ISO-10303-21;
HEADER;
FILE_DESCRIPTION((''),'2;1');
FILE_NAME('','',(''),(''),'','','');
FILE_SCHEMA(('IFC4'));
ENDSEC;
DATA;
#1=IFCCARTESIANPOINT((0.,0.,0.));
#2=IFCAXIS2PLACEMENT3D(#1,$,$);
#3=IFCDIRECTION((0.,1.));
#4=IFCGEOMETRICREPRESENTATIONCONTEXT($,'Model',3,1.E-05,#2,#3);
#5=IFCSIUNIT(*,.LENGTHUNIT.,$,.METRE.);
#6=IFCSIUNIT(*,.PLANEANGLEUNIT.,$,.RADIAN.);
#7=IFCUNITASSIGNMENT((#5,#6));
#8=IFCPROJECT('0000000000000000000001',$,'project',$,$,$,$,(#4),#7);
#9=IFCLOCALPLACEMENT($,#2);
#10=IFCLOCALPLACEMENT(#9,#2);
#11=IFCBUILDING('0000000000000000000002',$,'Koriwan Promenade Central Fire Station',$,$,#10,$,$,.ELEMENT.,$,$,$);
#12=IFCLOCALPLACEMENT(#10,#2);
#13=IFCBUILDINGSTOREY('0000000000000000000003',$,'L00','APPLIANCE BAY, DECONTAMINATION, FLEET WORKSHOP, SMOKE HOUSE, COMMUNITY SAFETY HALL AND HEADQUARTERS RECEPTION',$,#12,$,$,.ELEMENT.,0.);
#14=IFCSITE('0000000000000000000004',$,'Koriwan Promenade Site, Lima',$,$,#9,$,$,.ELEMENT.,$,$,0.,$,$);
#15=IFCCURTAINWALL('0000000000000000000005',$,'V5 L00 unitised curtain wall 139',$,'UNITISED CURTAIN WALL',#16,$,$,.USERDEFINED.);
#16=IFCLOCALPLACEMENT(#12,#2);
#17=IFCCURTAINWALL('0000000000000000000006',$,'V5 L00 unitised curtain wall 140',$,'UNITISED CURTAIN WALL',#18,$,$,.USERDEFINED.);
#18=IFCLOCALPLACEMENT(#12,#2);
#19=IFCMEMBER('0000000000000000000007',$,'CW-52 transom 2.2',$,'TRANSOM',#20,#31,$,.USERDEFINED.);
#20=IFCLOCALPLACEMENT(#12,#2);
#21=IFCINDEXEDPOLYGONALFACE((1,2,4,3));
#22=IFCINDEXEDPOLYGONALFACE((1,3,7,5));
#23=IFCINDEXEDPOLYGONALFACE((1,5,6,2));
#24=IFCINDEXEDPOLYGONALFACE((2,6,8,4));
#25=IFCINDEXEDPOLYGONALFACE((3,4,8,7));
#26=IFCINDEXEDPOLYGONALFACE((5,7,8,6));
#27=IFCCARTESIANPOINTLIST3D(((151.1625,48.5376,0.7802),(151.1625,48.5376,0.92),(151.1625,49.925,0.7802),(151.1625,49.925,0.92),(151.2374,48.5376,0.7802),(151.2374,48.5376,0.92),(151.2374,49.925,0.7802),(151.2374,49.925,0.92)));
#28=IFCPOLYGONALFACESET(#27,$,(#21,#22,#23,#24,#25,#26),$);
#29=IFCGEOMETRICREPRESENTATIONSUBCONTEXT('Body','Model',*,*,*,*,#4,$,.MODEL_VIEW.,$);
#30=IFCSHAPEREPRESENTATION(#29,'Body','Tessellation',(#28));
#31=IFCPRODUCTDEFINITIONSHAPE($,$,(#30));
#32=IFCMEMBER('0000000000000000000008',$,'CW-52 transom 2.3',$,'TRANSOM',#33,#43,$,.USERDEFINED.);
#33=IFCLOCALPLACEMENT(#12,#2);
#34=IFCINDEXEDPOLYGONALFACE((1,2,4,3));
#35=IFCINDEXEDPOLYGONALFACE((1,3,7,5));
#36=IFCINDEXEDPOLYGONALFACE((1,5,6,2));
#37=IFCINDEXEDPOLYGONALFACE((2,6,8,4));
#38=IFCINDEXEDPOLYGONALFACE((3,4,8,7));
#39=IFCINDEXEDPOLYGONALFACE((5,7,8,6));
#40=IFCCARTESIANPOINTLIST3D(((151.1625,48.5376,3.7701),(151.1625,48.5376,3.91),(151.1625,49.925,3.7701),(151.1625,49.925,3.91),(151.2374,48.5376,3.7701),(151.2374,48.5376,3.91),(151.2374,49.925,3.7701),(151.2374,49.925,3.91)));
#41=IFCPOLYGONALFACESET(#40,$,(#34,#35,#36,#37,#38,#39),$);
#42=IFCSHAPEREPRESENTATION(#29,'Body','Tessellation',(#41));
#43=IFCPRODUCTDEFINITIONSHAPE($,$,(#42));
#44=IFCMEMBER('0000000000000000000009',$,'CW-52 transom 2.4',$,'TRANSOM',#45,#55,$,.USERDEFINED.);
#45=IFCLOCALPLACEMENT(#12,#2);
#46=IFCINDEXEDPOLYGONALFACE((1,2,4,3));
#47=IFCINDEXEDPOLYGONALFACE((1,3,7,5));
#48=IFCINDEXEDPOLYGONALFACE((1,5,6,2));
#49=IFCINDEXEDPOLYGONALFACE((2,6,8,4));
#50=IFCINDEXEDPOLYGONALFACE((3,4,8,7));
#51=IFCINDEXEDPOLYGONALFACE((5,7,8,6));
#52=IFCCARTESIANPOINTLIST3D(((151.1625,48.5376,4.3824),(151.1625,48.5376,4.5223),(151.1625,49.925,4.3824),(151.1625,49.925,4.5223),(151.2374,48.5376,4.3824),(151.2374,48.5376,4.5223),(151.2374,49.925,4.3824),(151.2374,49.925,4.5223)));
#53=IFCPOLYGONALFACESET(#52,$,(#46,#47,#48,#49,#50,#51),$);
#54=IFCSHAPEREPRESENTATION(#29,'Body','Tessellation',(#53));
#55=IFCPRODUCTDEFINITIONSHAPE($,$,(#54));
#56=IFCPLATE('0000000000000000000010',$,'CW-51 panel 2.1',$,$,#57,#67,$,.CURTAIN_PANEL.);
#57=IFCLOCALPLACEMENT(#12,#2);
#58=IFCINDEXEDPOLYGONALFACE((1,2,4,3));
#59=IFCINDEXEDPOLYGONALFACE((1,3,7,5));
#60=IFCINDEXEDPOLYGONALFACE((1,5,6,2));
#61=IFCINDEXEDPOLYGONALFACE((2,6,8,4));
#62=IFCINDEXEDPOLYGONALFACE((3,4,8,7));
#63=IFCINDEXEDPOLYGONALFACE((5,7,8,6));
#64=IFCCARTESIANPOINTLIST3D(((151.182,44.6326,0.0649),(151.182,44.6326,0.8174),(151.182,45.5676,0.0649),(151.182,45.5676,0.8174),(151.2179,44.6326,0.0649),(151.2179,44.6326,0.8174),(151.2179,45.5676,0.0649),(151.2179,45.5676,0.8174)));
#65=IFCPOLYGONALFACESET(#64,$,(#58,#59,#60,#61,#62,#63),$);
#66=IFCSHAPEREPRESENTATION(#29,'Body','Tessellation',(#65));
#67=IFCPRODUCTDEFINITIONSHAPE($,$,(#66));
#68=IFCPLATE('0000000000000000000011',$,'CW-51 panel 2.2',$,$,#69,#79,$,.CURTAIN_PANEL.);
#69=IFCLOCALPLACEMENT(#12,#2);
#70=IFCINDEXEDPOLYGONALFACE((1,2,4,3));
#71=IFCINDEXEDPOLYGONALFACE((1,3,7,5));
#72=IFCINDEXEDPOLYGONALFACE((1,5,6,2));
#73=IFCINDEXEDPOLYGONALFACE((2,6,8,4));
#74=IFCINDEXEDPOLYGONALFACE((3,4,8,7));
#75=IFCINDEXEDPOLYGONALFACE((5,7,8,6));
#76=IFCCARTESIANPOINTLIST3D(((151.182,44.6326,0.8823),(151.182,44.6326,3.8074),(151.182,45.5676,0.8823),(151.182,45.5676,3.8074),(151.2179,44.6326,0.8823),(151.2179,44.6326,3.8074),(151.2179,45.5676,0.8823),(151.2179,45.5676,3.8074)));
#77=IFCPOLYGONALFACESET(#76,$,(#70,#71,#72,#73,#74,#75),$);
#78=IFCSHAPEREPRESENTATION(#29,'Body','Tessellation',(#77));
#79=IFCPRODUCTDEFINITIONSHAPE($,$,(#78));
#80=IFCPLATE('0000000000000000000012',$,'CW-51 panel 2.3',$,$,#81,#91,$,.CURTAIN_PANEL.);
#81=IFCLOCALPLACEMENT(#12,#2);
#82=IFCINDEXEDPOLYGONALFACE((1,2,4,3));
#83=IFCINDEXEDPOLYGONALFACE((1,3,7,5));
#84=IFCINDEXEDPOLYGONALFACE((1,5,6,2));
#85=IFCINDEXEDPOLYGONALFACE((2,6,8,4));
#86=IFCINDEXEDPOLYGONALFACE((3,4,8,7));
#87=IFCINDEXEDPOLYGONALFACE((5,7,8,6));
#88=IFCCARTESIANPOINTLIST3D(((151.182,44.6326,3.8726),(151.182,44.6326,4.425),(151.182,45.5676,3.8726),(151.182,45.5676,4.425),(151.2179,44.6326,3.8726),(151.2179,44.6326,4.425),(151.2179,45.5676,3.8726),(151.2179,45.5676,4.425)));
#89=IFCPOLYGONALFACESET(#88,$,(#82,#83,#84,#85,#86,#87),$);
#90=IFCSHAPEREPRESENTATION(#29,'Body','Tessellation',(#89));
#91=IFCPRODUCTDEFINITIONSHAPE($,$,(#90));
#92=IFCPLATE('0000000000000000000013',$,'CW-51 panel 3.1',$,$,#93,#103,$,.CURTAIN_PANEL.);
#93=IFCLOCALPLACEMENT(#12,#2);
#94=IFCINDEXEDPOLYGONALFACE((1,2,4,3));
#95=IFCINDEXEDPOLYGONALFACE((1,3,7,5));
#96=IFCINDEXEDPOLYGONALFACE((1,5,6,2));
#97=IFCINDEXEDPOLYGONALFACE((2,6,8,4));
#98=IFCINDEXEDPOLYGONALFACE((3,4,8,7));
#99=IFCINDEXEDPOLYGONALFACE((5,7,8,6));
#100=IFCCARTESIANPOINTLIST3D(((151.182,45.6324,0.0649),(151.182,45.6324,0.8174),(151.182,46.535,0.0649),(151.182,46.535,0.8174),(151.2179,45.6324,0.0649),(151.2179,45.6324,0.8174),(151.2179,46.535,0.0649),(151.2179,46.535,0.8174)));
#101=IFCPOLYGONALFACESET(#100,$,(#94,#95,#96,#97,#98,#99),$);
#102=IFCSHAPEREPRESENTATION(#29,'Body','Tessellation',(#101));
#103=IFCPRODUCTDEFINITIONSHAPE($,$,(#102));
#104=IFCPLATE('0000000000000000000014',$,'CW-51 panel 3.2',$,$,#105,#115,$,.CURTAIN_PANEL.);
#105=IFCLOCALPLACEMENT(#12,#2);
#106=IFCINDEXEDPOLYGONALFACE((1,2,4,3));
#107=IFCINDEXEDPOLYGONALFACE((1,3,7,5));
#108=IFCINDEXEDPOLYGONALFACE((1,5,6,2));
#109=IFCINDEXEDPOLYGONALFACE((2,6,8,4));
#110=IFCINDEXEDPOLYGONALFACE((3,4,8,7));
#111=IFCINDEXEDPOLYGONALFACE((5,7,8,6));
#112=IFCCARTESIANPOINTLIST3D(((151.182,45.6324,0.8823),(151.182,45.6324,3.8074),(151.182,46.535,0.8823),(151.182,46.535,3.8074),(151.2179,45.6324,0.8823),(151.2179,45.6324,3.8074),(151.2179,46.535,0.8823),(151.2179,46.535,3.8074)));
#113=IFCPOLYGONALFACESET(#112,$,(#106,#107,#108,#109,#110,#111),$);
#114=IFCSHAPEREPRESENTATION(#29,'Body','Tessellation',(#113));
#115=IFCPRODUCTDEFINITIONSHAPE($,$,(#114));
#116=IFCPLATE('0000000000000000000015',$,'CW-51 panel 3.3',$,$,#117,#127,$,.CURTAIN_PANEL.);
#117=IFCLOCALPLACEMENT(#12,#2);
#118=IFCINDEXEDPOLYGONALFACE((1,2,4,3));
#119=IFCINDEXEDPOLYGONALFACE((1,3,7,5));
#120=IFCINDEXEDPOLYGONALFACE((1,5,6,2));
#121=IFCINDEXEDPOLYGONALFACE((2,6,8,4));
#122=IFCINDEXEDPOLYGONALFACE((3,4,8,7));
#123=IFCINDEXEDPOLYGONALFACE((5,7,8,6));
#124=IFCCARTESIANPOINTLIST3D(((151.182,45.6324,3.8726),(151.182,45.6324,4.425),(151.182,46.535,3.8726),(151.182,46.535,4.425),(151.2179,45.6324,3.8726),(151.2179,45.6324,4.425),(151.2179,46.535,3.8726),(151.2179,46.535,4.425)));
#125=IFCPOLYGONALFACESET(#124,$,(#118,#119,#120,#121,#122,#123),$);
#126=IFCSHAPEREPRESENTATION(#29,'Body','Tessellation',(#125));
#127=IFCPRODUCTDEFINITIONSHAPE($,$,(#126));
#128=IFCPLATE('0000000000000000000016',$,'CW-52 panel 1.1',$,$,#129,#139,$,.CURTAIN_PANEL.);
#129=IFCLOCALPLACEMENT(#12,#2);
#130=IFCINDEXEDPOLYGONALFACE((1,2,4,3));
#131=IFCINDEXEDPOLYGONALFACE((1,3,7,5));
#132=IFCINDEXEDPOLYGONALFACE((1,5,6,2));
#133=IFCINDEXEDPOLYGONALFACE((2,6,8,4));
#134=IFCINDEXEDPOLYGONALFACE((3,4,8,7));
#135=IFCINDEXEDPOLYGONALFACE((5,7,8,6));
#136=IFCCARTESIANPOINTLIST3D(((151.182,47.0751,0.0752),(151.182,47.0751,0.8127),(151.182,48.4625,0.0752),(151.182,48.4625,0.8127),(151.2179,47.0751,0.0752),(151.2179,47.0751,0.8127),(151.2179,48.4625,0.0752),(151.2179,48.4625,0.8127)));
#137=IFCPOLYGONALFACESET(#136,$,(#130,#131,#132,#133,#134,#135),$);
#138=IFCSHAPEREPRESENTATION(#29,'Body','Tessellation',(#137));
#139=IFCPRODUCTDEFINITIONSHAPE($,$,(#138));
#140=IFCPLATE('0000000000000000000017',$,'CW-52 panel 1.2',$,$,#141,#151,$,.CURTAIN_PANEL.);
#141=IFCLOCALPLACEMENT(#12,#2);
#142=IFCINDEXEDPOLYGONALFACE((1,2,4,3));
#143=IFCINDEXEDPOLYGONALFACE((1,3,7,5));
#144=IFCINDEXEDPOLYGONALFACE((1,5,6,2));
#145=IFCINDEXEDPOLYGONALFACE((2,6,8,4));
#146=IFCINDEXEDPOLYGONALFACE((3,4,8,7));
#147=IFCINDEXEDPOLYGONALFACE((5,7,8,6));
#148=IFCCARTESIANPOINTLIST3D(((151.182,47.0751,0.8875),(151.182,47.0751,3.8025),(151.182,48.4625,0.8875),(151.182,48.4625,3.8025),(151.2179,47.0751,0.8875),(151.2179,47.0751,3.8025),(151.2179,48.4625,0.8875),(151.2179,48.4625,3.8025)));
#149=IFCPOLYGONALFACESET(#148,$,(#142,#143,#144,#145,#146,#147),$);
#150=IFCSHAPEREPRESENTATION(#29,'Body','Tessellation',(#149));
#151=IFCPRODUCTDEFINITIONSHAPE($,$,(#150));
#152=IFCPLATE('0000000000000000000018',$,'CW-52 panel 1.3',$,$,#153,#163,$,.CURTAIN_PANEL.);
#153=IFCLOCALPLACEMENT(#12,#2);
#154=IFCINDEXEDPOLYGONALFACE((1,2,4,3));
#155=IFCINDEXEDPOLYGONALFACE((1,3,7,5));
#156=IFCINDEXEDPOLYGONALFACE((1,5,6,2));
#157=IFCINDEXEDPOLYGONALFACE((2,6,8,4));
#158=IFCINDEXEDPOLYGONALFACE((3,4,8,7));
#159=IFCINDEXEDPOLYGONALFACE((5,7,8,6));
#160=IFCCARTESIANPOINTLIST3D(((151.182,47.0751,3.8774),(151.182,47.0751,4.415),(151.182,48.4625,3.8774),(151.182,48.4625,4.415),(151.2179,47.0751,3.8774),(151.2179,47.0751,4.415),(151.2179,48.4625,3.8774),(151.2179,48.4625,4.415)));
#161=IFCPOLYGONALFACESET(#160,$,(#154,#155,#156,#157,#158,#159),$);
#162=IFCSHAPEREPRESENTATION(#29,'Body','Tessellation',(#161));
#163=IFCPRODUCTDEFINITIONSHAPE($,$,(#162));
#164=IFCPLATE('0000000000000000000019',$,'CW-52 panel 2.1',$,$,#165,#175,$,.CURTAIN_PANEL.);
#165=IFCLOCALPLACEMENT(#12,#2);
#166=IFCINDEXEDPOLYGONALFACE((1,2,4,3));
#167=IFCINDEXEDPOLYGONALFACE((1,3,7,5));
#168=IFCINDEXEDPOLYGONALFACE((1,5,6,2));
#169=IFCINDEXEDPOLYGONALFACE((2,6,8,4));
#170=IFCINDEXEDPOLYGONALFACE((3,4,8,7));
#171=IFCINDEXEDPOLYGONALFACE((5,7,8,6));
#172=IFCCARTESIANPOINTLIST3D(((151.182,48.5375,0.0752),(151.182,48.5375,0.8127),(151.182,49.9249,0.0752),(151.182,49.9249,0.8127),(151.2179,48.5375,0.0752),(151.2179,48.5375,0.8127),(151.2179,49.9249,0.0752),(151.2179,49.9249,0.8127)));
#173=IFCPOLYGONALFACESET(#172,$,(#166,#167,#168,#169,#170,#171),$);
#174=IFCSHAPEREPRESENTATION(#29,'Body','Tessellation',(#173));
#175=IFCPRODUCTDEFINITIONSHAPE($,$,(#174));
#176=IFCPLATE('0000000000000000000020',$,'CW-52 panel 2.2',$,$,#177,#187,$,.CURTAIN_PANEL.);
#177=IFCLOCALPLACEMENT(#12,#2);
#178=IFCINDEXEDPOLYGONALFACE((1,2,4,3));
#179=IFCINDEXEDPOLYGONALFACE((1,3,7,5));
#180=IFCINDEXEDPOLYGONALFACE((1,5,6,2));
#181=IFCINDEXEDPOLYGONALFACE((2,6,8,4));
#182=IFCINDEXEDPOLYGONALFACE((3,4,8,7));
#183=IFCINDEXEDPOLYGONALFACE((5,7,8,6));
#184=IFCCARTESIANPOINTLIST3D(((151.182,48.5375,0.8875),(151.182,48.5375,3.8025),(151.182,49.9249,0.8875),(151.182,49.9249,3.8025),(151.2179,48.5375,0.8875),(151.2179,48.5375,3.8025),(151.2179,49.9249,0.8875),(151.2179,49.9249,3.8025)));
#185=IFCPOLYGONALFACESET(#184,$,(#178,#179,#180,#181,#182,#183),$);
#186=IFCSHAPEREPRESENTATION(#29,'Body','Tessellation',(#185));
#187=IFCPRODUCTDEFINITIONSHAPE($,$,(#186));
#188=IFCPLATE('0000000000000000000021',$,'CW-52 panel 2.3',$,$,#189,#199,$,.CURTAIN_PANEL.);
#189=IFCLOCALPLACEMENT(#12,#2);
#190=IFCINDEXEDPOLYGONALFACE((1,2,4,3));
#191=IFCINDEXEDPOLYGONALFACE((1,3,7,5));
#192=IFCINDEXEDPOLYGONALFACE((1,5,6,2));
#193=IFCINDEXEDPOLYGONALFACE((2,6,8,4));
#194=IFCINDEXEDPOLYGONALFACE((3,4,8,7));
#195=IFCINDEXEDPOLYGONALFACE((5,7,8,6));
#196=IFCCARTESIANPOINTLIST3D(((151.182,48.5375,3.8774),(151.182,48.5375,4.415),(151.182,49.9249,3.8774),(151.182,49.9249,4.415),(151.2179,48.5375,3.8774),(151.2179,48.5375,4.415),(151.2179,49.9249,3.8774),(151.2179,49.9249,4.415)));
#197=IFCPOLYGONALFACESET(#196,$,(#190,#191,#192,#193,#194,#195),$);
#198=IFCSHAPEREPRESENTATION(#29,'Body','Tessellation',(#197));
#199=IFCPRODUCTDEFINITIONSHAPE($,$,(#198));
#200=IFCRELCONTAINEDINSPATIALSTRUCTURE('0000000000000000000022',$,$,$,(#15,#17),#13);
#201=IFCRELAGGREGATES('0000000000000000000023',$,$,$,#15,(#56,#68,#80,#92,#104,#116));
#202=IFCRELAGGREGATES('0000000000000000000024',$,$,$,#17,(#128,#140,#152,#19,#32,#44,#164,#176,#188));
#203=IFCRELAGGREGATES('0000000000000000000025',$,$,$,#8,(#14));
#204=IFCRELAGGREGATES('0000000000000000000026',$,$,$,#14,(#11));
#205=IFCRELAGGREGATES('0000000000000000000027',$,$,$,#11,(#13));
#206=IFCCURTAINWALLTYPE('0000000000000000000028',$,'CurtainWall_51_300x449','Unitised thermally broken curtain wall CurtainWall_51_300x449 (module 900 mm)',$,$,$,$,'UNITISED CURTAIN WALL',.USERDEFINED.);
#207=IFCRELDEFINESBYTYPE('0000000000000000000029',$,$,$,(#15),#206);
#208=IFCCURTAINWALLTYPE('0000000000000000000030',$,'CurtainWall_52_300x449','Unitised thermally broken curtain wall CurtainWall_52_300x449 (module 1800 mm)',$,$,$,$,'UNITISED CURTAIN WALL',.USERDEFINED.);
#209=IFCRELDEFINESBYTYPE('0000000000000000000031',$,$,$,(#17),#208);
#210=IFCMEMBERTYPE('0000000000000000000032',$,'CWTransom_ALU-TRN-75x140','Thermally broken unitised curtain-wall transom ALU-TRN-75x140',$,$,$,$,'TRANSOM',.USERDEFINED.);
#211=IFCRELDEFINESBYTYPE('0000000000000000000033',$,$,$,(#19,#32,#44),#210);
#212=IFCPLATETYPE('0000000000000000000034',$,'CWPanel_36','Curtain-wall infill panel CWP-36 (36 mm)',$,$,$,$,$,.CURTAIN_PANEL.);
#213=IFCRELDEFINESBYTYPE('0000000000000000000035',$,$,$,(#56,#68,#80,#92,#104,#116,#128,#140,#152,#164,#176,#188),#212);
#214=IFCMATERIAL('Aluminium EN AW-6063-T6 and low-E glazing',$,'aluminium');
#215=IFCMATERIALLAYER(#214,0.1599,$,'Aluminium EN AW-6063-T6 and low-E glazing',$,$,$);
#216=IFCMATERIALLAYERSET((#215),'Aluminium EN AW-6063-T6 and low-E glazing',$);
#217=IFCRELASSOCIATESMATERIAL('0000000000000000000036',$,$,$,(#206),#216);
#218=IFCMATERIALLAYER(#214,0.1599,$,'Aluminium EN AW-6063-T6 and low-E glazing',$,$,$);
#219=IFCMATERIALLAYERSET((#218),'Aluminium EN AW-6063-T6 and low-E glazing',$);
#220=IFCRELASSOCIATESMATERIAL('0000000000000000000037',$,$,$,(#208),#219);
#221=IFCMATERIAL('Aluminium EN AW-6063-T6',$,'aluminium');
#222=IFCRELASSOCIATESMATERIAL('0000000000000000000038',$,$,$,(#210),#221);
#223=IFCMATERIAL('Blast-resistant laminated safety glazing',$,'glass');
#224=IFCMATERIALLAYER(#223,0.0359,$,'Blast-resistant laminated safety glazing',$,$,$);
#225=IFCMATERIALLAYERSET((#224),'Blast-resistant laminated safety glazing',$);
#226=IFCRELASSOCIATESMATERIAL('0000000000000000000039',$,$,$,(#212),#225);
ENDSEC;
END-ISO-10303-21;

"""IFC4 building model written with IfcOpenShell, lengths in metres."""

from ifc_helpers import new_model, si_unit, direction, frame, origin, origin_2d, place, context, subcontext, project, spatial, rectangle, extrude, material, layer, layer_set, material_profile, profile_set, type_object, element, aggregate, save


model = new_model("IFC4")

# Units and contexts
model_context = context("Model", 3, precision=1e-05, world=origin(), true_north=direction((0.0, 1.0)))
body_context = subcontext(model_context, "Body", "Model", "MODEL_VIEW")
ifc_project = project(units=[si_unit("LENGTHUNIT", "METRE"), si_unit("PLANEANGLEUNIT", "RADIAN")], contexts=[model_context])

# Site, building, storey
site_placement = place(None, origin())
site = spatial("IfcSite", under=ifc_project, at=site_placement, Name="Koriwan Promenade Site, Lima", CompositionType="ELEMENT", RefElevation=0.0)
building_placement = place(site_placement, origin())
building = spatial("IfcBuilding", under=site, at=building_placement, Name="Koriwan Promenade Central Fire Station", CompositionType="ELEMENT")
storey_placement = place(building_placement, origin())
storey = spatial("IfcBuildingStorey", under=building, at=storey_placement, Name="L00", Description="APPLIANCE BAY, DECONTAMINATION, FLEET WORKSHOP, SMOKE HOUSE, COMMUNITY SAFETY HALL AND HEADQUARTERS RECEPTION", CompositionType="ELEMENT", Elevation=0.0)

# Curtain walls
ifc_material_1 = material(Name="Aluminium EN AW-6063-T6 and low-E glazing", Category="aluminium")
ifc_layer_1 = layer(ifc_material_1, 0.1599, Name="Aluminium EN AW-6063-T6 and low-E glazing")
ifc_layer_set_1 = layer_set([ifc_layer_1], Name="Aluminium EN AW-6063-T6 and low-E glazing")
curtain_wall_type_1 = type_object("IfcCurtainWallType", Name="CurtainWall_51_300x449", Description="Unitised thermally broken curtain wall CurtainWall_51_300x449 (module 900 mm)", ElementType="UNITISED CURTAIN WALL", PredefinedType="USERDEFINED", material=ifc_layer_set_1)
curtain_wall_1_placement = place(storey_placement, origin())
curtain_wall_1 = element("IfcCurtainWall", 1, at=curtain_wall_1_placement, inside=storey, type_object=curtain_wall_type_1, Name="V5 L00 unitised curtain wall 139", ObjectType="UNITISED CURTAIN WALL", PredefinedType="USERDEFINED")
ifc_material_2 = material(Name="Aluminium EN AW-6063-T6", Category="aluminium")
ifc_layer_2 = layer(ifc_material_1, 0.1599, Name="Aluminium EN AW-6063-T6 and low-E glazing")
ifc_layer_set_2 = layer_set([ifc_layer_2], Name="Aluminium EN AW-6063-T6 and low-E glazing")
curtain_wall_type_2 = type_object("IfcCurtainWallType", Name="CurtainWall_52_300x449", Description="Unitised thermally broken curtain wall CurtainWall_52_300x449 (module 1800 mm)", ElementType="UNITISED CURTAIN WALL", PredefinedType="USERDEFINED", material=ifc_layer_set_2)
curtain_wall_2_placement = place(storey_placement, origin())
curtain_wall_2 = element("IfcCurtainWall", 2, at=curtain_wall_2_placement, inside=storey, type_object=curtain_wall_type_2, Name="V5 L00 unitised curtain wall 140", ObjectType="UNITISED CURTAIN WALL", PredefinedType="USERDEFINED")

# Members
ifc_material_profile_1 = material_profile(ifc_material_2, rectangle(XDim=0.075, YDim=0.1399, at=origin_2d()), Name="ALU-TRN-75x140")
ifc_profile_set_1 = profile_set([ifc_material_profile_1], Name="Aluminium EN AW-6063-T6")
member_type_1 = type_object("IfcMemberType", Name="CWTransom_ALU-TRN-75x140", Description="Thermally broken unitised curtain-wall transom ALU-TRN-75x140", ElementType="TRANSOM", PredefinedType="USERDEFINED", material=ifc_profile_set_1)
member_1_placement = place(storey_placement, frame((151.2, 48.5376, 0.8501), z_axis=(0.0, 1.0, 0.0), x_axis=(-1.0, 0.0, 0.0)))
member_1 = element("IfcMember", 3, at=member_1_placement, type_object=member_type_1, Name="CW-52 transom 2.2", ObjectType="TRANSOM", PredefinedType="USERDEFINED", context=body_context, shape_type="SweptSolid", body=[
    extrude(rectangle(XDim=0.075, YDim=0.1399, at=origin_2d()), origin(), (0.0, 0.0, 1.0), 1.3875),
])
member_2_placement = place(storey_placement, frame((151.2, 48.5376, 3.8401), z_axis=(0.0, 1.0, 0.0), x_axis=(-1.0, 0.0, 0.0)))
member_2 = element("IfcMember", 4, at=member_2_placement, type_object=member_type_1, Name="CW-52 transom 2.3", ObjectType="TRANSOM", PredefinedType="USERDEFINED", context=body_context, shape_type="SweptSolid", body=[
    extrude(rectangle(XDim=0.075, YDim=0.1399, at=origin_2d()), origin(), (0.0, 0.0, 1.0), 1.3875),
])
member_3_placement = place(storey_placement, frame((151.2, 48.5376, 4.4524), z_axis=(0.0, 1.0, 0.0), x_axis=(-1.0, 0.0, 0.0)))
member_3 = element("IfcMember", 5, at=member_3_placement, type_object=member_type_1, Name="CW-52 transom 2.4", ObjectType="TRANSOM", PredefinedType="USERDEFINED", context=body_context, shape_type="SweptSolid", body=[
    extrude(rectangle(XDim=0.075, YDim=0.1399, at=origin_2d()), origin(), (0.0, 0.0, 1.0), 1.3875),
])

# Plates
ifc_material_3 = material(Name="Blast-resistant laminated safety glazing", Category="glass")
ifc_layer_3 = layer(ifc_material_3, 0.0359, Name="Blast-resistant laminated safety glazing")
ifc_layer_set_3 = layer_set([ifc_layer_3], Name="Blast-resistant laminated safety glazing")
plate_type_1 = type_object("IfcPlateType", Name="CWPanel_36", Description="Curtain-wall infill panel CWP-36 (36 mm)", PredefinedType="CURTAIN_PANEL", material=ifc_layer_set_3)
plate_1_placement = place(storey_placement, frame((151.2, 45.1001, 0.0649), z_axis=(0.0, 0.0, 1.0), x_axis=(0.0, 1.0, 0.0)))
plate_1 = element("IfcPlate", 6, at=plate_1_placement, type_object=plate_type_1, Name="CW-51 panel 2.1", PredefinedType="CURTAIN_PANEL", context=body_context, shape_type="SweptSolid", body=[
    extrude(rectangle(XDim=0.9351, YDim=0.0359, at=origin_2d()), origin(), (0.0, 0.0, 1.0), 0.7524),
])
plate_2_placement = place(storey_placement, frame((151.2, 45.1001, 0.8823), z_axis=(0.0, 0.0, 1.0), x_axis=(0.0, 1.0, 0.0)))
plate_2 = element("IfcPlate", 7, at=plate_2_placement, type_object=plate_type_1, Name="CW-51 panel 2.2", PredefinedType="CURTAIN_PANEL", context=body_context, shape_type="SweptSolid", body=[
    extrude(rectangle(XDim=0.9351, YDim=0.0359, at=origin_2d()), origin(), (0.0, 0.0, 1.0), 2.925),
])
plate_3_placement = place(storey_placement, frame((151.2, 45.1001, 3.8726), z_axis=(0.0, 0.0, 1.0), x_axis=(0.0, 1.0, 0.0)))
plate_3 = element("IfcPlate", 8, at=plate_3_placement, type_object=plate_type_1, Name="CW-51 panel 2.3", PredefinedType="CURTAIN_PANEL", context=body_context, shape_type="SweptSolid", body=[
    extrude(rectangle(XDim=0.9351, YDim=0.0359, at=origin_2d()), origin(), (0.0, 0.0, 1.0), 0.5525),
])
plate_4_placement = place(storey_placement, frame((151.2, 46.0837, 0.0649), z_axis=(0.0, 0.0, 1.0), x_axis=(0.0, 1.0, 0.0)))
plate_4 = element("IfcPlate", 9, at=plate_4_placement, type_object=plate_type_1, Name="CW-51 panel 3.1", PredefinedType="CURTAIN_PANEL", context=body_context, shape_type="SweptSolid", body=[
    extrude(rectangle(XDim=0.9026, YDim=0.0359, at=origin_2d()), origin(), (0.0, 0.0, 1.0), 0.7524),
])
plate_5_placement = place(storey_placement, frame((151.2, 46.0837, 0.8823), z_axis=(0.0, 0.0, 1.0), x_axis=(0.0, 1.0, 0.0)))
plate_5 = element("IfcPlate", 10, at=plate_5_placement, type_object=plate_type_1, Name="CW-51 panel 3.2", PredefinedType="CURTAIN_PANEL", context=body_context, shape_type="SweptSolid", body=[
    extrude(rectangle(XDim=0.9026, YDim=0.0359, at=origin_2d()), origin(), (0.0, 0.0, 1.0), 2.925),
])
plate_6_placement = place(storey_placement, frame((151.2, 46.0837, 3.8726), z_axis=(0.0, 0.0, 1.0), x_axis=(0.0, 1.0, 0.0)))
plate_6 = element("IfcPlate", 11, at=plate_6_placement, type_object=plate_type_1, Name="CW-51 panel 3.3", PredefinedType="CURTAIN_PANEL", context=body_context, shape_type="SweptSolid", body=[
    extrude(rectangle(XDim=0.9026, YDim=0.0359, at=origin_2d()), origin(), (0.0, 0.0, 1.0), 0.5525),
])
aggregate(curtain_wall_1, [plate_1, plate_2, plate_3, plate_4, plate_5, plate_6])
plate_7_placement = place(storey_placement, frame((151.2, 47.7688, 0.0752), z_axis=(0.0, 0.0, 1.0), x_axis=(0.0, 1.0, 0.0)))
plate_7 = element("IfcPlate", 12, at=plate_7_placement, type_object=plate_type_1, Name="CW-52 panel 1.1", PredefinedType="CURTAIN_PANEL", context=body_context, shape_type="SweptSolid", body=[
    extrude(rectangle(XDim=1.3875, YDim=0.0359, at=origin_2d()), origin(), (0.0, 0.0, 1.0), 0.7375),
])
plate_8_placement = place(storey_placement, frame((151.2, 47.7688, 0.8875), z_axis=(0.0, 0.0, 1.0), x_axis=(0.0, 1.0, 0.0)))
plate_8 = element("IfcPlate", 13, at=plate_8_placement, type_object=plate_type_1, Name="CW-52 panel 1.2", PredefinedType="CURTAIN_PANEL", context=body_context, shape_type="SweptSolid", body=[
    extrude(rectangle(XDim=1.3875, YDim=0.0359, at=origin_2d()), origin(), (0.0, 0.0, 1.0), 2.915),
])
plate_9_placement = place(storey_placement, frame((151.2, 47.7688, 3.8774), z_axis=(0.0, 0.0, 1.0), x_axis=(0.0, 1.0, 0.0)))
plate_9 = element("IfcPlate", 14, at=plate_9_placement, type_object=plate_type_1, Name="CW-52 panel 1.3", PredefinedType="CURTAIN_PANEL", context=body_context, shape_type="SweptSolid", body=[
    extrude(rectangle(XDim=1.3875, YDim=0.0359, at=origin_2d()), origin(), (0.0, 0.0, 1.0), 0.5376),
])
plate_10_placement = place(storey_placement, frame((151.2, 49.2312, 0.0752), z_axis=(0.0, 0.0, 1.0), x_axis=(0.0, 1.0, 0.0)))
plate_10 = element("IfcPlate", 15, at=plate_10_placement, type_object=plate_type_1, Name="CW-52 panel 2.1", PredefinedType="CURTAIN_PANEL", context=body_context, shape_type="SweptSolid", body=[
    extrude(rectangle(XDim=1.3875, YDim=0.0359, at=origin_2d()), origin(), (0.0, 0.0, 1.0), 0.7375),
])
plate_11_placement = place(storey_placement, frame((151.2, 49.2312, 0.8875), z_axis=(0.0, 0.0, 1.0), x_axis=(0.0, 1.0, 0.0)))
plate_11 = element("IfcPlate", 16, at=plate_11_placement, type_object=plate_type_1, Name="CW-52 panel 2.2", PredefinedType="CURTAIN_PANEL", context=body_context, shape_type="SweptSolid", body=[
    extrude(rectangle(XDim=1.3875, YDim=0.0359, at=origin_2d()), origin(), (0.0, 0.0, 1.0), 2.915),
])
plate_12_placement = place(storey_placement, frame((151.2, 49.2312, 3.8774), z_axis=(0.0, 0.0, 1.0), x_axis=(0.0, 1.0, 0.0)))
plate_12 = element("IfcPlate", 17, at=plate_12_placement, type_object=plate_type_1, Name="CW-52 panel 2.3", PredefinedType="CURTAIN_PANEL", context=body_context, shape_type="SweptSolid", body=[
    extrude(rectangle(XDim=1.3875, YDim=0.0359, at=origin_2d()), origin(), (0.0, 0.0, 1.0), 0.5376),
])
aggregate(curtain_wall_2, [plate_7, plate_8, plate_9, member_1, member_2, member_3, plate_10, plate_11, plate_12])

save(model, "model.ifc")
